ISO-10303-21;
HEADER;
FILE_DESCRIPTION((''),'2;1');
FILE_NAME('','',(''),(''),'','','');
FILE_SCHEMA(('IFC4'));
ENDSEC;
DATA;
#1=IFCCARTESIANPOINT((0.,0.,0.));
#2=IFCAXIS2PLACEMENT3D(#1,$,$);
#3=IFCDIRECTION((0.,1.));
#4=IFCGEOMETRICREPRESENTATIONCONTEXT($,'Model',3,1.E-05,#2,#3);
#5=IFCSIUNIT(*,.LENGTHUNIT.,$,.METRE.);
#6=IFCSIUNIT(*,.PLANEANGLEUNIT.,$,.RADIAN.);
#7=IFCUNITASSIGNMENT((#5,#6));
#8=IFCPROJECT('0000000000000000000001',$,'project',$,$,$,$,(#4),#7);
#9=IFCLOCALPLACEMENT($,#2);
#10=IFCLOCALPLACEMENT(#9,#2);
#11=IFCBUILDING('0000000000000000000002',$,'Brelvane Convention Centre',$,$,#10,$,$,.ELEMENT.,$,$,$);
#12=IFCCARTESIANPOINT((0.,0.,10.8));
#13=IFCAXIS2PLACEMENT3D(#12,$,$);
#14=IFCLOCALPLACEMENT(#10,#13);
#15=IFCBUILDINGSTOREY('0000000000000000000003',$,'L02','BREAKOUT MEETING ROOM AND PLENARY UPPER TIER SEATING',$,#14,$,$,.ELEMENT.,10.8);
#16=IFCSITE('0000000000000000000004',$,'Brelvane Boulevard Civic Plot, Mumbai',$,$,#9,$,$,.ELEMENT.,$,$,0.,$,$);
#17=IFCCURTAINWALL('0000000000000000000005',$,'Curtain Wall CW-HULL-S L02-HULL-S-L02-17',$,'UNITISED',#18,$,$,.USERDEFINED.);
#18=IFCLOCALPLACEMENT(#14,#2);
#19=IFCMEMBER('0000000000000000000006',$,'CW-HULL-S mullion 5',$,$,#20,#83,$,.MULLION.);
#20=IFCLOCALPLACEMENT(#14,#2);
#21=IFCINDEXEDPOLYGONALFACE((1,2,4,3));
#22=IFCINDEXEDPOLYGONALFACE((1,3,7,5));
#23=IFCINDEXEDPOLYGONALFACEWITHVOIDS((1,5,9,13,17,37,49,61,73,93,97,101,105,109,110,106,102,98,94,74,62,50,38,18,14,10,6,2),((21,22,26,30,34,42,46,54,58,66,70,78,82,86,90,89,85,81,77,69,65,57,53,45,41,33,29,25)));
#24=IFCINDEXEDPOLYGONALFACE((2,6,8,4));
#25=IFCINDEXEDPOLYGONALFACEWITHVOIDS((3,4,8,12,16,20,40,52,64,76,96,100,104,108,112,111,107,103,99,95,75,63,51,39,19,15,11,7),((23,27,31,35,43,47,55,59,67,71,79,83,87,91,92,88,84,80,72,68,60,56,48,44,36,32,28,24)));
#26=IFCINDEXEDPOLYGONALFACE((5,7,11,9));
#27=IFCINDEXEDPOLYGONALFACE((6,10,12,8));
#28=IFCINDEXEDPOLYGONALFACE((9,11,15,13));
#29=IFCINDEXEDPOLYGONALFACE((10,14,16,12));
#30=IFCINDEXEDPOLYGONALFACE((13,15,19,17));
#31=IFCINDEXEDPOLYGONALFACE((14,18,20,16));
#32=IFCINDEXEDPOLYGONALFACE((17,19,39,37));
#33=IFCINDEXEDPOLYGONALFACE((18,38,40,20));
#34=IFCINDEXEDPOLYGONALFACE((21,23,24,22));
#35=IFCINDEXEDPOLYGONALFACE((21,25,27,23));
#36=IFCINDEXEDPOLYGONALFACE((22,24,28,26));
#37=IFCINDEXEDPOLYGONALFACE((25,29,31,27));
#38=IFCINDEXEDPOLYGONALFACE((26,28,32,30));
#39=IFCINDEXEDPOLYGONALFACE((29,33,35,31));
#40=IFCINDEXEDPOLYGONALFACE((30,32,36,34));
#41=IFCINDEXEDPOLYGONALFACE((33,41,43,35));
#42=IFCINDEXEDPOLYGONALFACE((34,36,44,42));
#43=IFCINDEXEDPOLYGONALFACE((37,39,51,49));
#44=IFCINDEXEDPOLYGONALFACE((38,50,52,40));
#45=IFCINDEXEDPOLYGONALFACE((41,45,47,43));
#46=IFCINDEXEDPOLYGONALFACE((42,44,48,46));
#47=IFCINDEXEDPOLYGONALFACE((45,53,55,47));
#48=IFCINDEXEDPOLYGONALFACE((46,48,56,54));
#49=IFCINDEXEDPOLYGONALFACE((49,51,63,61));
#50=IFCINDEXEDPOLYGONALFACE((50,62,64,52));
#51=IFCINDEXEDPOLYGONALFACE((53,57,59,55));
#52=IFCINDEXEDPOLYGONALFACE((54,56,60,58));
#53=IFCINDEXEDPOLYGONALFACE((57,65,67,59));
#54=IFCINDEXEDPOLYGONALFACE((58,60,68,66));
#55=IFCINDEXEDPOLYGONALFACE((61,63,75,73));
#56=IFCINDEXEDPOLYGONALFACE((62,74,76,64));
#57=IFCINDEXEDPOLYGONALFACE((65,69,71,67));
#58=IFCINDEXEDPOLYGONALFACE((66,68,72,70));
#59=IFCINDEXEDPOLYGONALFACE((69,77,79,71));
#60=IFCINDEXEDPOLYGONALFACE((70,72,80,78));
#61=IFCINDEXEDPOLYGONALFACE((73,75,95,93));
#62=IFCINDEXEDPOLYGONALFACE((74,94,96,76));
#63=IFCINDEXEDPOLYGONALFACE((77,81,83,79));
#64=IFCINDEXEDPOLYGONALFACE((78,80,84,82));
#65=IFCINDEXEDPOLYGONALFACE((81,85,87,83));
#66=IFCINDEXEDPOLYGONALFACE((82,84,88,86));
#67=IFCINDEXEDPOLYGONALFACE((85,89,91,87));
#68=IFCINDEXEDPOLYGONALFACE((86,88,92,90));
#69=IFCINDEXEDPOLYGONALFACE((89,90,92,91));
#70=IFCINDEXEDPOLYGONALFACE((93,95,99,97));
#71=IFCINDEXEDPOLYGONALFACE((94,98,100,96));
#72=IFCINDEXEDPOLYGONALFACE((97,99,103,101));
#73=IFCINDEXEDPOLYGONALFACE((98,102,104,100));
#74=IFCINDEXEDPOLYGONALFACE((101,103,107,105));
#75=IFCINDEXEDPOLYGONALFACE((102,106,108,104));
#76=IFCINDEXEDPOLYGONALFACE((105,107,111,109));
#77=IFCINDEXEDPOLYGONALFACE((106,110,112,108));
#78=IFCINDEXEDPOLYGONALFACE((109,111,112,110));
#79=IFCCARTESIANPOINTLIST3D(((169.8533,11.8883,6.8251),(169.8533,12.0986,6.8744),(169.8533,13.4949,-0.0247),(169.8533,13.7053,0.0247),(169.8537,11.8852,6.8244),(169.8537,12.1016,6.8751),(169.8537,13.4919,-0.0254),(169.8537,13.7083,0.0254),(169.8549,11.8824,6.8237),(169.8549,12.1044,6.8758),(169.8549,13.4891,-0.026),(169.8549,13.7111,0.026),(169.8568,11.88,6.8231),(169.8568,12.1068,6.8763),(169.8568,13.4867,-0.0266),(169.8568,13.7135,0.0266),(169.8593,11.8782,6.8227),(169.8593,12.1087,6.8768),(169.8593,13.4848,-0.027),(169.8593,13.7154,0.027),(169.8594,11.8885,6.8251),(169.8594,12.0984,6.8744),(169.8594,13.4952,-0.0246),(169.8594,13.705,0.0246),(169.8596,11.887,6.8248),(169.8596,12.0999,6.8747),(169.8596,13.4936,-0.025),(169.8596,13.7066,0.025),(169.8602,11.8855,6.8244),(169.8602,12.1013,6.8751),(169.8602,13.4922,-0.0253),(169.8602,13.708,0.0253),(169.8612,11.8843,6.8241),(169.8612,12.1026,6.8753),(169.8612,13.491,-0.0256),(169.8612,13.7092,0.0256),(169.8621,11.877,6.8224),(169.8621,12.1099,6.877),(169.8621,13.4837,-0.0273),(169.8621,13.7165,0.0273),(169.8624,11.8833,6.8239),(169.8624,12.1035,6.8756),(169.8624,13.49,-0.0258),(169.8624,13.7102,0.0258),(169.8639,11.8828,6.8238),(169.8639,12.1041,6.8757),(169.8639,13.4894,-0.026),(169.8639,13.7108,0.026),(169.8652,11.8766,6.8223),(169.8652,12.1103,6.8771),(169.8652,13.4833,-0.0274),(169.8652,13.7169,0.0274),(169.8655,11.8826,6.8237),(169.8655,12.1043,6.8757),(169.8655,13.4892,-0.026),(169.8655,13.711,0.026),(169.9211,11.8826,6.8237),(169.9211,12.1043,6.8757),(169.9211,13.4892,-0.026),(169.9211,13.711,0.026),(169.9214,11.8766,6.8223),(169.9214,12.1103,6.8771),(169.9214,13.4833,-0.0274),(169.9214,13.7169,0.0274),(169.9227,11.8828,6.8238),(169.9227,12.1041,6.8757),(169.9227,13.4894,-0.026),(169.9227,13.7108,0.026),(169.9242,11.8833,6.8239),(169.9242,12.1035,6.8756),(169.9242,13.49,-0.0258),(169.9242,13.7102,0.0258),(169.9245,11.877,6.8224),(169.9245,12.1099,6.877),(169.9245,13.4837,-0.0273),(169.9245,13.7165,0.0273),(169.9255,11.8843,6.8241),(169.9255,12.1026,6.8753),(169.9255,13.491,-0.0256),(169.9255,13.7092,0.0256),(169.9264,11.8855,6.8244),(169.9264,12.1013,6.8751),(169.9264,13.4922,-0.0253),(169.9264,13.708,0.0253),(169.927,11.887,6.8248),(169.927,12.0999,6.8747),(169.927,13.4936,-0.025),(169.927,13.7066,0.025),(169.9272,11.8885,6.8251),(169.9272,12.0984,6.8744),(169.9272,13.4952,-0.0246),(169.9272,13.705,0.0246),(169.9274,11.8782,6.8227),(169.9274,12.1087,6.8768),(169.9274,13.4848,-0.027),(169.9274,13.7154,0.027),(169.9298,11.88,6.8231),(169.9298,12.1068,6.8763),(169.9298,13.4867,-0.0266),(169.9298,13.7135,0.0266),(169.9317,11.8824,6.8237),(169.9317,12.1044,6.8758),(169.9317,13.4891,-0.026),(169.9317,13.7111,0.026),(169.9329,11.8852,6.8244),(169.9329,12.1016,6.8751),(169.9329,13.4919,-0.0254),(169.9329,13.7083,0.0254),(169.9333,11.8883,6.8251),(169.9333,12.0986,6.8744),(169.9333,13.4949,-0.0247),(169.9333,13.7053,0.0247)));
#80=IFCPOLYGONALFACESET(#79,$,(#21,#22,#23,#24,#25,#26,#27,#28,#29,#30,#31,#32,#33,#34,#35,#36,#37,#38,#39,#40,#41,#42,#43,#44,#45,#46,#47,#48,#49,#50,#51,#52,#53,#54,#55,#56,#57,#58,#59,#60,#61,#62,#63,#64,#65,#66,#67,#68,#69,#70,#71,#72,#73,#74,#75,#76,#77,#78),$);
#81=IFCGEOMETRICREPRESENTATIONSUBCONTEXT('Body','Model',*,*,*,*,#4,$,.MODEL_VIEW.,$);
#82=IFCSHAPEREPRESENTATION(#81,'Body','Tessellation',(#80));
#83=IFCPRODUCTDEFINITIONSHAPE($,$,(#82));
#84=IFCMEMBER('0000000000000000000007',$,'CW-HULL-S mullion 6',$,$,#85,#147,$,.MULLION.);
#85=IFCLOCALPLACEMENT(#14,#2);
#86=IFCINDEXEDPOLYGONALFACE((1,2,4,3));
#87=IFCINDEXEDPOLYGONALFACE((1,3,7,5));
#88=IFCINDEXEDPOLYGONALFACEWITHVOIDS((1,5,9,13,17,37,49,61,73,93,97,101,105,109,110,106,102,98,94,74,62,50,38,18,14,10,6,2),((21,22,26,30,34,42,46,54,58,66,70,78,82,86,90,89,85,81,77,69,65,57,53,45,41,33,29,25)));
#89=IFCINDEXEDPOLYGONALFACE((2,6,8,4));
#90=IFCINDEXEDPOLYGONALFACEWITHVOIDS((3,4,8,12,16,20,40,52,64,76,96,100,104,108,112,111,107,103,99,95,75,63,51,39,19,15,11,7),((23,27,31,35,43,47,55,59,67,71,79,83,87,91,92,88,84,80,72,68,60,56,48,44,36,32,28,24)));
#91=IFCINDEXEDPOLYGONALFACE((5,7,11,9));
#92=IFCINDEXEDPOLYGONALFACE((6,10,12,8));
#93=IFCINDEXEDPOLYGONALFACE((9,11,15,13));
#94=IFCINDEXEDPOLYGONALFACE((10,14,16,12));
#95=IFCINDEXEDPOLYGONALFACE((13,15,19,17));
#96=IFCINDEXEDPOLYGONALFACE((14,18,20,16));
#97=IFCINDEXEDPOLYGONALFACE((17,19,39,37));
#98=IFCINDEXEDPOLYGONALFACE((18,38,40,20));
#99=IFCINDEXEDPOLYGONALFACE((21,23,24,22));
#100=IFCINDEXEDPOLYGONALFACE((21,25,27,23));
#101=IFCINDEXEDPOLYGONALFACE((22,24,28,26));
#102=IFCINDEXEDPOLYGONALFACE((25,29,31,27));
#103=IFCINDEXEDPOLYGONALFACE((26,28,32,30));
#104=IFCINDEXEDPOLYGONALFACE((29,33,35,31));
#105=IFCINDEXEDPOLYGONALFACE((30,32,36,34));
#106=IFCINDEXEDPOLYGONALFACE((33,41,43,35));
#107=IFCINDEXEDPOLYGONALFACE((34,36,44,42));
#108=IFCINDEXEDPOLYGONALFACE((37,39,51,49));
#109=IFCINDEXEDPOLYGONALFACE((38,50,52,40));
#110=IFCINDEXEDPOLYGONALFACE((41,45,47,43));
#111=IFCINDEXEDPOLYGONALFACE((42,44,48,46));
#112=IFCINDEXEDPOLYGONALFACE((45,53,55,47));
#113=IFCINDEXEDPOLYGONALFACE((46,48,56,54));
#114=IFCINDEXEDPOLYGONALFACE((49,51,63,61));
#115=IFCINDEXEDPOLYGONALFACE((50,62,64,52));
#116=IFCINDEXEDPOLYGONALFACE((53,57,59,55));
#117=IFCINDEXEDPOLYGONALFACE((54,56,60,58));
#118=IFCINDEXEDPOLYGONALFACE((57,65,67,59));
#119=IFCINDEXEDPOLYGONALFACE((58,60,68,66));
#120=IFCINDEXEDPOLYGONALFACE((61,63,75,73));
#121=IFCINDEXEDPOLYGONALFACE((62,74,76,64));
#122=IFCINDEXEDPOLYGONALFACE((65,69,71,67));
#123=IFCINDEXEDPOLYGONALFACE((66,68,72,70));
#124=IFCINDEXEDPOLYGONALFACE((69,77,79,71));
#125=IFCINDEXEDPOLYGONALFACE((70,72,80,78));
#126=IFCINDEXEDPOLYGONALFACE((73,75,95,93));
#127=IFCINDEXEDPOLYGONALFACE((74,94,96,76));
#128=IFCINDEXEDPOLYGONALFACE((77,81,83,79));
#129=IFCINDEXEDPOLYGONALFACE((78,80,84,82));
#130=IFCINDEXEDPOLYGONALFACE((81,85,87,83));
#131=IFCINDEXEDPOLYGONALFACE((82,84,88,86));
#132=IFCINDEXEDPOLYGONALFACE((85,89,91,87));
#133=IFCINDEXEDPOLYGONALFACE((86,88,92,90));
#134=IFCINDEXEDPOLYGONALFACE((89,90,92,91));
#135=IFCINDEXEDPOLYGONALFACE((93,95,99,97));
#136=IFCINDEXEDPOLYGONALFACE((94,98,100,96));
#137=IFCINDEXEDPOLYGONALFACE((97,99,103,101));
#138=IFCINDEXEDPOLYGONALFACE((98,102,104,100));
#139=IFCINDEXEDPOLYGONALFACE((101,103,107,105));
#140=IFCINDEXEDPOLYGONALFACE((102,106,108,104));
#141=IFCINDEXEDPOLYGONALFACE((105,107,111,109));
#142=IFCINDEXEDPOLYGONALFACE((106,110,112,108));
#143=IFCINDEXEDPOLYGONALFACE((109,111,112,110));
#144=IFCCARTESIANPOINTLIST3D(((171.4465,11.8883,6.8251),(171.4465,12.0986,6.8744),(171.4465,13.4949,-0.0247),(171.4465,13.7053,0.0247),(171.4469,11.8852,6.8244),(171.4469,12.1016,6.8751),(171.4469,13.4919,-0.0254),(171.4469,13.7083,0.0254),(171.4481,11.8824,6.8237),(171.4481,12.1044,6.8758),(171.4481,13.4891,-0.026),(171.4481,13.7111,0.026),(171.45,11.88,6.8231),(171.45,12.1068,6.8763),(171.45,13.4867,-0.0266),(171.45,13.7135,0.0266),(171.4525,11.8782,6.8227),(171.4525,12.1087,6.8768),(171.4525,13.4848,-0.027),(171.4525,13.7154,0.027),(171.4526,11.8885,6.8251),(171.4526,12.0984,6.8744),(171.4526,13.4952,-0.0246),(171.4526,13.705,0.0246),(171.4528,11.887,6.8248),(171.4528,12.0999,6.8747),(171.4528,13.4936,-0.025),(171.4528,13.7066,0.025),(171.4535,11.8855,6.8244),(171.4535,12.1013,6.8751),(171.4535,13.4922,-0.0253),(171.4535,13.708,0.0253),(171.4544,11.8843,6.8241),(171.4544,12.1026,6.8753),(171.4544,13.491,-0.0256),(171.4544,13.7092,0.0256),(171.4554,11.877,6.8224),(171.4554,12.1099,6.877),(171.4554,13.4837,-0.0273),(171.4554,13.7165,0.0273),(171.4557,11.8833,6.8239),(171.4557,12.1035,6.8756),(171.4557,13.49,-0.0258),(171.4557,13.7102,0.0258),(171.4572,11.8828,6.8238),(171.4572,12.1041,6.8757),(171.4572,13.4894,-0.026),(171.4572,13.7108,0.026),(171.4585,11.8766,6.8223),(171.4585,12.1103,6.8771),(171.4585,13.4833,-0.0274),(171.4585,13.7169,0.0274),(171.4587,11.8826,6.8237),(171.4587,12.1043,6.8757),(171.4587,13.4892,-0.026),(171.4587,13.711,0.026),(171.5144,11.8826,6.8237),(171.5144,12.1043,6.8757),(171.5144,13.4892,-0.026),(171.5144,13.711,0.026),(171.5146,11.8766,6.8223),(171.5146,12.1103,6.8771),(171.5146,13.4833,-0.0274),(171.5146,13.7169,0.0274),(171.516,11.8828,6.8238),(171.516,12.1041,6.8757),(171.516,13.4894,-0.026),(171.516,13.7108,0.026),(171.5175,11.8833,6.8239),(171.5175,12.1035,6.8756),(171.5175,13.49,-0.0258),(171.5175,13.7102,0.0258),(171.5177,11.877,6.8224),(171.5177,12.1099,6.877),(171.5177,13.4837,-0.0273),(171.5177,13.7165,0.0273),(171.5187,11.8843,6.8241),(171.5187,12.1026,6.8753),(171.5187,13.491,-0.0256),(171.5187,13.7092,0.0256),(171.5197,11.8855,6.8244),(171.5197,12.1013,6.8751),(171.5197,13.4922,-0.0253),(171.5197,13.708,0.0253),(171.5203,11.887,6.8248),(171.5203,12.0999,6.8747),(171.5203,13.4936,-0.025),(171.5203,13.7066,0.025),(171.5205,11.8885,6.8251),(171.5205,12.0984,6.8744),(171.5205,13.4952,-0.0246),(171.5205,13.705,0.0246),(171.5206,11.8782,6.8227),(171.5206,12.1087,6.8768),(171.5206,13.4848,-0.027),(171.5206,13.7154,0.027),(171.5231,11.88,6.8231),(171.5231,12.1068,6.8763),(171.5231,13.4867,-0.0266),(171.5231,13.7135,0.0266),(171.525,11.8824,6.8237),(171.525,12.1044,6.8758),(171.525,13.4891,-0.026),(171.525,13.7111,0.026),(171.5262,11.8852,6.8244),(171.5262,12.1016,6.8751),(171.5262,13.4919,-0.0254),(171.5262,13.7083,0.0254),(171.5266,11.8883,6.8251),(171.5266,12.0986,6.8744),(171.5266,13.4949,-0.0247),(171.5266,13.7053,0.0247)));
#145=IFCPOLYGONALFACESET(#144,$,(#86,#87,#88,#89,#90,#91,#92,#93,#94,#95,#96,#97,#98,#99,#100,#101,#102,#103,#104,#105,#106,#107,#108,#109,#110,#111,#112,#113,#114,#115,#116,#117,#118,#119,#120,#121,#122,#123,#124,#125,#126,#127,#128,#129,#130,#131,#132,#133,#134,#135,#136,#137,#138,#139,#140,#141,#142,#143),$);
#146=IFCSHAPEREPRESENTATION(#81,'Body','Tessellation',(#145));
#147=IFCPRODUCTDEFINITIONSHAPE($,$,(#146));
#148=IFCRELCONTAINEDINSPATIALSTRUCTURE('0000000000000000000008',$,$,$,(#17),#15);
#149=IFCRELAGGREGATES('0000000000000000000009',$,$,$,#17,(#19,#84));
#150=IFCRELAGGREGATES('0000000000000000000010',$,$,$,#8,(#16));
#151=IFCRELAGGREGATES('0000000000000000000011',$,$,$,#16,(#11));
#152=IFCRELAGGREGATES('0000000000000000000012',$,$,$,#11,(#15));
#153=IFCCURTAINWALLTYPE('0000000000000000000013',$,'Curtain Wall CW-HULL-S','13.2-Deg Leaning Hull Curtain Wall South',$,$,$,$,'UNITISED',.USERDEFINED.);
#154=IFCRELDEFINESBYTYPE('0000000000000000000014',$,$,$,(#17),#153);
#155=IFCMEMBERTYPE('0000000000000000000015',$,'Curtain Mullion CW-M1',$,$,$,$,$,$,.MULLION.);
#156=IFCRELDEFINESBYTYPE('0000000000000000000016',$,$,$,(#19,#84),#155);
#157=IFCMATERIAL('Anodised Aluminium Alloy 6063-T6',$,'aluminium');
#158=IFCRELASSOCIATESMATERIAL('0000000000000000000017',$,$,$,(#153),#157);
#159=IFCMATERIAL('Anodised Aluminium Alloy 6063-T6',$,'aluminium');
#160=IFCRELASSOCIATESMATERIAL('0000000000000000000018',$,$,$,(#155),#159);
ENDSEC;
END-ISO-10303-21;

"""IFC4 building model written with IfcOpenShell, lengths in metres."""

from ifc_helpers import new_model, si_unit, direction, frame, origin, origin_2d, place, context, subcontext, project, spatial, hollow_rectangle, extrude, material, material_profile, profile_set, type_object, element, aggregate, save


model = new_model("IFC4")

# Units and contexts
model_context = context("Model", 3, precision=1e-05, world=origin(), true_north=direction((0.0, 1.0)))
body_context = subcontext(model_context, "Body", "Model", "MODEL_VIEW")
ifc_project = project(units=[si_unit("LENGTHUNIT", "METRE"), si_unit("PLANEANGLEUNIT", "RADIAN")], contexts=[model_context])

# Site, building, storey
site_placement = place(None, origin())
site = spatial("IfcSite", under=ifc_project, at=site_placement, Name="Brelvane Boulevard Civic Plot, Mumbai", CompositionType="ELEMENT", RefElevation=0.0)
building_placement = place(site_placement, origin())
building = spatial("IfcBuilding", under=site, at=building_placement, Name="Brelvane Convention Centre", CompositionType="ELEMENT")
storey_placement = place(building_placement, frame((0.0, 0.0, 10.8)))
storey = spatial("IfcBuildingStorey", under=building, at=storey_placement, Name="L02", Description="BREAKOUT MEETING ROOM AND PLENARY UPPER TIER SEATING", CompositionType="ELEMENT", Elevation=10.8)

# Curtain wall, members
ifc_material_1 = material(Name="Anodised Aluminium Alloy 6063-T6", Category="aluminium")
curtain_wall_type = type_object("IfcCurtainWallType", Name="Curtain Wall CW-HULL-S", Description="13.2-Deg Leaning Hull Curtain Wall South", ElementType="UNITISED", PredefinedType="USERDEFINED", material=ifc_material_1)
curtain_wall_1_placement = place(storey_placement, origin())
curtain_wall_1 = element("IfcCurtainWall", 1, at=curtain_wall_1_placement, inside=storey, type_object=curtain_wall_type, Name="Curtain Wall CW-HULL-S L02-HULL-S-L02-17", ObjectType="UNITISED", PredefinedType="USERDEFINED")
ifc_material_2 = material(Name="Anodised Aluminium Alloy 6063-T6", Category="aluminium")
ifc_material_profile_1 = material_profile(ifc_material_2, hollow_rectangle(XDim=0.0801, YDim=0.24, WallThickness=0.0061, InnerFilletRadius=0.0061, OuterFilletRadius=0.012, at=origin_2d()), Name="ALU-M 240x80x6.0")
ifc_profile_set_1 = profile_set([ifc_material_profile_1], Name="Anodised Aluminium Alloy 6063-T6")
member_type_1 = type_object("IfcMemberType", Name="Curtain Mullion CW-M1", PredefinedType="MULLION", material=ifc_profile_set_1)
member_1_placement = place(storey_placement, frame((169.8933, 13.6001, 0.0), z_axis=(0.0, -0.22836, 0.973577), x_axis=(1.0, 0.0, 0.0)))
member_1 = element("IfcMember", 2, at=member_1_placement, type_object=member_type_1, Name="CW-HULL-S mullion 5", PredefinedType="MULLION", context=body_context, shape_type="SweptSolid", body=[
    extrude(hollow_rectangle(XDim=0.0801, YDim=0.24, WallThickness=0.0061, InnerFilletRadius=0.0061, OuterFilletRadius=0.012, at=origin_2d()), origin(), (0.0, 0.0, 1.0), 7.0356),
])
member_2_placement = place(storey_placement, frame((171.4866, 13.6001, 0.0), z_axis=(0.0, -0.22836, 0.973577), x_axis=(1.0, 0.0, 0.0)))
member_2 = element("IfcMember", 3, at=member_2_placement, type_object=member_type_1, Name="CW-HULL-S mullion 6", PredefinedType="MULLION", context=body_context, shape_type="SweptSolid", body=[
    extrude(hollow_rectangle(XDim=0.0801, YDim=0.24, WallThickness=0.0061, InnerFilletRadius=0.0061, OuterFilletRadius=0.012, at=origin_2d()), origin(), (0.0, 0.0, 1.0), 7.0356),
])

aggregate(curtain_wall_1, [member_1, member_2])

save(model, "model.ifc")
